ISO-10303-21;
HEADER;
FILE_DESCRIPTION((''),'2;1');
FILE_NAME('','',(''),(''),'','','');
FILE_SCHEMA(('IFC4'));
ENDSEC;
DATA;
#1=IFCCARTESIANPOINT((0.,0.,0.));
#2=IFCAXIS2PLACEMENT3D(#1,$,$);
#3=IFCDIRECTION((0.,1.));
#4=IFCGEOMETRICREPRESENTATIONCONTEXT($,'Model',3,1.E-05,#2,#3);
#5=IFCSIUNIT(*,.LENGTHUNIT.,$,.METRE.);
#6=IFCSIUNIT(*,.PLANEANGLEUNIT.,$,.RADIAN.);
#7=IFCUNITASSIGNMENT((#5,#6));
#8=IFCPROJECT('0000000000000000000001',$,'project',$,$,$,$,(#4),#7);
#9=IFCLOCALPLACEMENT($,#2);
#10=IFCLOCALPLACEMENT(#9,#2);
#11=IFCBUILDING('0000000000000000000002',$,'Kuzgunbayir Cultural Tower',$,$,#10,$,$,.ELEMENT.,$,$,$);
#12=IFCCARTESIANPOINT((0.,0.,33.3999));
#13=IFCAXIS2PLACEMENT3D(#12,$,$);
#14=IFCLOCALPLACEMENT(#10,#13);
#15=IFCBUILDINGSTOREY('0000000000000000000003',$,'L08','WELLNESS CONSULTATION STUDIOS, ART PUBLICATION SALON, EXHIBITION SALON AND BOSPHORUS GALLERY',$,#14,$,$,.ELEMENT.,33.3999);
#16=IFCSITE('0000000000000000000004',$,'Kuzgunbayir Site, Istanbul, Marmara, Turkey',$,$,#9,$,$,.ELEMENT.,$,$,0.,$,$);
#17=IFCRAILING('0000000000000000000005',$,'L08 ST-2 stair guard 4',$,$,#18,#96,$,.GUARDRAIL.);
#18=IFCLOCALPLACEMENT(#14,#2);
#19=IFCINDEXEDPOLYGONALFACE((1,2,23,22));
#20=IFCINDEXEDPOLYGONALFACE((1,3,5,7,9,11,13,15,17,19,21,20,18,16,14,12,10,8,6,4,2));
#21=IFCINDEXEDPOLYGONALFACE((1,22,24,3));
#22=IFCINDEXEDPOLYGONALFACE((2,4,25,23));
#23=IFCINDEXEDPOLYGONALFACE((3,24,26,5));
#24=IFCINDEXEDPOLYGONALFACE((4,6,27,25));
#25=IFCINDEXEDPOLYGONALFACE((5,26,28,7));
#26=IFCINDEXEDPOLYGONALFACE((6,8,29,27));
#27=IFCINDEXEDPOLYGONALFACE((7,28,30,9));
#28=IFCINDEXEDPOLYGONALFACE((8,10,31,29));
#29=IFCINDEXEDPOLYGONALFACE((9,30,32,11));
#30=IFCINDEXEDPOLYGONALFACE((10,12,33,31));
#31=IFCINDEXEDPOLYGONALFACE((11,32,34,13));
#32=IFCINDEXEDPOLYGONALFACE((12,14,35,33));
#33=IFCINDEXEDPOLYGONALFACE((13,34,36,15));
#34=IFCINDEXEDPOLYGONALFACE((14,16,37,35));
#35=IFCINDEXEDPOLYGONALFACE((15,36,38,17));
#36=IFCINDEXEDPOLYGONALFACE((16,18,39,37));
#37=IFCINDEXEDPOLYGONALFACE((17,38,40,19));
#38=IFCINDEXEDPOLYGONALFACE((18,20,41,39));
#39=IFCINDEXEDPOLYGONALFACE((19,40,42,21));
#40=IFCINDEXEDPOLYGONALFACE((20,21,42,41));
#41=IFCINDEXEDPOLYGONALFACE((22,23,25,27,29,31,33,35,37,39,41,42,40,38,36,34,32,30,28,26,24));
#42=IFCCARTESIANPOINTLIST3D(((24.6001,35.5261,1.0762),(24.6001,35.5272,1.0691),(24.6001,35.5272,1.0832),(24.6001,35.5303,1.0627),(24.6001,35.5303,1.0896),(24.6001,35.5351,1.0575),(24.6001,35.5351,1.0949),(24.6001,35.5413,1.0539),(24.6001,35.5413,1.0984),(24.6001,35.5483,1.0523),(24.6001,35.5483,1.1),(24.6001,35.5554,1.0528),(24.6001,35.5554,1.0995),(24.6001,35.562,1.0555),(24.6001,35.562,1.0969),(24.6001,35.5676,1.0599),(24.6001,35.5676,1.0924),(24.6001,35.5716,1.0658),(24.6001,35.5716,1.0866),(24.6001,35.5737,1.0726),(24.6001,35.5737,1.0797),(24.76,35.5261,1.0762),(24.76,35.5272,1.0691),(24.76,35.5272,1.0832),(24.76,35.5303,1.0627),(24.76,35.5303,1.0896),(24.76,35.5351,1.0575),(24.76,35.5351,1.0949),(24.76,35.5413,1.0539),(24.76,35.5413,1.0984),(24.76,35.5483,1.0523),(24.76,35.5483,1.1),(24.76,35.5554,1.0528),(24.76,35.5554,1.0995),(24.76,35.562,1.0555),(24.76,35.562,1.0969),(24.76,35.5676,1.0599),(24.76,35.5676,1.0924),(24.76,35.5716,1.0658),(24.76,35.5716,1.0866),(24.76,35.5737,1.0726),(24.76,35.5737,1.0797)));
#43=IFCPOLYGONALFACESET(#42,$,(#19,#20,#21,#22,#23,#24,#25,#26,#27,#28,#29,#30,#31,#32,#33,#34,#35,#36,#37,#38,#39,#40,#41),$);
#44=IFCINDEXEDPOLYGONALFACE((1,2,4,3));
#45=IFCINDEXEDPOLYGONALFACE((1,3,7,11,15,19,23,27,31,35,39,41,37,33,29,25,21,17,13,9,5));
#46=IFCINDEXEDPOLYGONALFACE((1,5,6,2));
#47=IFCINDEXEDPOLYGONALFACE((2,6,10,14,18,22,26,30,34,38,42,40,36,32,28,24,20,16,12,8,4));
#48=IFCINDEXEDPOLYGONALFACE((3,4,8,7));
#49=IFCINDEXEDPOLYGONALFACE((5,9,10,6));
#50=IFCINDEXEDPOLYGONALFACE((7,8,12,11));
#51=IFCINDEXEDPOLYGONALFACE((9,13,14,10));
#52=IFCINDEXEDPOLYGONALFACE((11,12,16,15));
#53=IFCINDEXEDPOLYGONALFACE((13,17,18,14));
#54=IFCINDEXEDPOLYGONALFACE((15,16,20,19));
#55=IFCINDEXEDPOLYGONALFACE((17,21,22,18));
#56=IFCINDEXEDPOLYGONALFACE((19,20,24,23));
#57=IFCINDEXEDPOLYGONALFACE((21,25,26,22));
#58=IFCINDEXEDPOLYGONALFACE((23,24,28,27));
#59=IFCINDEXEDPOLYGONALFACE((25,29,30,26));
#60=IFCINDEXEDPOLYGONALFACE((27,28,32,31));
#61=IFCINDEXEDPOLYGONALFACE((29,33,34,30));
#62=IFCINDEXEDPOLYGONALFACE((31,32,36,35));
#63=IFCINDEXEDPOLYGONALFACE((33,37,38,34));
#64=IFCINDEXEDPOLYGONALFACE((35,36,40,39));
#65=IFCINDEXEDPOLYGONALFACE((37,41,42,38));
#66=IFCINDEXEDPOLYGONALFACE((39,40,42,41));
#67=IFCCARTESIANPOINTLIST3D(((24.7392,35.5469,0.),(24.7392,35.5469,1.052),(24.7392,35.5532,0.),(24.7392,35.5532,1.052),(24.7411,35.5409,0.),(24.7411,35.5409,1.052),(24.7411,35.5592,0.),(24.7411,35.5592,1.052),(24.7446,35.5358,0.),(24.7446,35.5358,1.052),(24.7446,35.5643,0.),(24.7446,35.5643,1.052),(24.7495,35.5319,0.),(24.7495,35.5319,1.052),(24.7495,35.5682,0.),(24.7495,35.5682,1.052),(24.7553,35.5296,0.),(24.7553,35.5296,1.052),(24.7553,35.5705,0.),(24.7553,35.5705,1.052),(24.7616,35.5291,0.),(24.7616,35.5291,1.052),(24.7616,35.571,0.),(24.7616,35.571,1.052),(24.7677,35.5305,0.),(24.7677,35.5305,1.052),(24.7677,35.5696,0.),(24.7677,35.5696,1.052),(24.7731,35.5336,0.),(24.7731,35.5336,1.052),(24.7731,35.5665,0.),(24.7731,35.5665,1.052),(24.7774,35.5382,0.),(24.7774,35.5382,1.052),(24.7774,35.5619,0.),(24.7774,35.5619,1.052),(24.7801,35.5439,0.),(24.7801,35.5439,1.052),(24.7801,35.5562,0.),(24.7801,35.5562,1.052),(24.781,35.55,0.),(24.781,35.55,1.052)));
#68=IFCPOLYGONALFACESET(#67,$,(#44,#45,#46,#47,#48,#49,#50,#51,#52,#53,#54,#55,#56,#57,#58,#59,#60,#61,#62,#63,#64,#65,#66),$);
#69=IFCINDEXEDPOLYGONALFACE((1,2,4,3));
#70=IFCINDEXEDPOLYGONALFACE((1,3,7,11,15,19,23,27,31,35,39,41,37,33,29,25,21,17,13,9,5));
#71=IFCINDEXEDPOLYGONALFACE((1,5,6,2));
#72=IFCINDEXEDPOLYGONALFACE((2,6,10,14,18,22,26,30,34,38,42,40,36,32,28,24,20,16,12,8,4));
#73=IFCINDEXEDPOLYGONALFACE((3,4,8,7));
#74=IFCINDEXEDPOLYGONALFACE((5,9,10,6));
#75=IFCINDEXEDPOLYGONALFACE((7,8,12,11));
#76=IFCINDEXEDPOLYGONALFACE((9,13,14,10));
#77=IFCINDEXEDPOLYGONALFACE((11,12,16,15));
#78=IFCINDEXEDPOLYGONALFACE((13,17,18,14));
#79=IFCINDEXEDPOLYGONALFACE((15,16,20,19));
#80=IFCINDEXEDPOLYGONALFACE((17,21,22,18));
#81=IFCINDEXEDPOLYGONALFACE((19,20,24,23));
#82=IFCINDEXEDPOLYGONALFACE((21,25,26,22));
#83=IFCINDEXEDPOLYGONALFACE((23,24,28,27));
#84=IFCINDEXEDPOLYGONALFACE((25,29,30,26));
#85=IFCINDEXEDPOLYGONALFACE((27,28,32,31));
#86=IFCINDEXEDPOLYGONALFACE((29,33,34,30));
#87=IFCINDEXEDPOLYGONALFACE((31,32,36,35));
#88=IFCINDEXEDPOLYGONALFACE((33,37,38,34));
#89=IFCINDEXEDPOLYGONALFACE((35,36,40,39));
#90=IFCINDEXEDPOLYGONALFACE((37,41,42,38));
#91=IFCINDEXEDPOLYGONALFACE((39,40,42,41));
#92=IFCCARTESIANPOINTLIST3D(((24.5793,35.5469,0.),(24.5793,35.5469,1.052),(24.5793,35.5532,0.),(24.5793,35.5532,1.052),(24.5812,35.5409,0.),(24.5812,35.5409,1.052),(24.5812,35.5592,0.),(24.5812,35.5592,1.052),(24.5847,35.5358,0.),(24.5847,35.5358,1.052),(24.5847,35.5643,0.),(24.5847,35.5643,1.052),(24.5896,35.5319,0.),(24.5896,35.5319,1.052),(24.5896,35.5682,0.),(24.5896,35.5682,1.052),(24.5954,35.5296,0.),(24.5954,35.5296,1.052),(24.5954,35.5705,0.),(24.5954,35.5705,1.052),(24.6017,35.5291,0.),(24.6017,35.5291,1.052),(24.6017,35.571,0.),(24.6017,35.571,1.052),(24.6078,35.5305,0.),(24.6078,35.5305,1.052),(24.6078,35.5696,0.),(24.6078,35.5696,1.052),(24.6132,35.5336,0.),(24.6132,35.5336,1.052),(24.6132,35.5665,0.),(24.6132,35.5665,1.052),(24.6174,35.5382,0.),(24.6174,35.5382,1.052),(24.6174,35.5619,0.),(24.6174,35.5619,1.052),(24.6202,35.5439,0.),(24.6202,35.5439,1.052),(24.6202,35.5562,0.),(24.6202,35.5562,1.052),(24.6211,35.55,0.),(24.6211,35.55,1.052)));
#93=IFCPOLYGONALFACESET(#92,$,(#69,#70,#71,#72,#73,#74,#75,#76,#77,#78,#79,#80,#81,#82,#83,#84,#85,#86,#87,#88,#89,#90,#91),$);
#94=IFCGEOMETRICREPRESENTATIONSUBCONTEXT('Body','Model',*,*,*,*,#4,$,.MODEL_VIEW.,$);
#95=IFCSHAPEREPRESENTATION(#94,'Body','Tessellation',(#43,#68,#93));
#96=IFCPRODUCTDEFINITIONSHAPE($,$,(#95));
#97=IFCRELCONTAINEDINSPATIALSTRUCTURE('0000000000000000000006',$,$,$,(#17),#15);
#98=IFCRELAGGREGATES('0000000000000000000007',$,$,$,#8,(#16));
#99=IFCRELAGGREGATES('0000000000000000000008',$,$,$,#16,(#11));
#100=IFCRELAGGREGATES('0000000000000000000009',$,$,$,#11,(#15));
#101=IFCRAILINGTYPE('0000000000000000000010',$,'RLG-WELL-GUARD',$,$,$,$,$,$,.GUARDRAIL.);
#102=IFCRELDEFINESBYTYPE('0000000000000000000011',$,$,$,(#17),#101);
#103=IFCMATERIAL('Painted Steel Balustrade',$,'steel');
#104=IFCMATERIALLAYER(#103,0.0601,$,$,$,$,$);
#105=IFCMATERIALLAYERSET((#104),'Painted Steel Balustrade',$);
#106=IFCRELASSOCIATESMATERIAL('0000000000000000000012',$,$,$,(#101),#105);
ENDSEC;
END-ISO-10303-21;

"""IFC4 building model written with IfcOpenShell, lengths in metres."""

from ifc_helpers import new_model, si_unit, direction, frame, origin, origin_2d, place, context, subcontext, project, spatial, circle, extrude, material, layer, layer_set, type_object, element, save


model = new_model("IFC4")

# Units and contexts
model_context = context("Model", 3, precision=1e-05, world=origin(), true_north=direction((0.0, 1.0)))
body_context = subcontext(model_context, "Body", "Model", "MODEL_VIEW")
ifc_project = project(units=[si_unit("LENGTHUNIT", "METRE"), si_unit("PLANEANGLEUNIT", "RADIAN")], contexts=[model_context])

# Site, building, storey
site_placement = place(None, origin())
site = spatial("IfcSite", under=ifc_project, at=site_placement, Name="Kuzgunbayir Site, Istanbul, Marmara, Turkey", CompositionType="ELEMENT", RefElevation=0.0)
building_placement = place(site_placement, origin())
building = spatial("IfcBuilding", under=site, at=building_placement, Name="Kuzgunbayir Cultural Tower", CompositionType="ELEMENT")
storey_placement = place(building_placement, frame((0.0, 0.0, 33.3999)))
storey = spatial("IfcBuildingStorey", under=building, at=storey_placement, Name="L08", Description="WELLNESS CONSULTATION STUDIOS, ART PUBLICATION SALON, EXHIBITION SALON AND BOSPHORUS GALLERY", CompositionType="ELEMENT", Elevation=33.3999)

# Railing
ifc_material_1 = material(Name="Painted Steel Balustrade", Category="steel")
ifc_layer_1 = layer(ifc_material_1, 0.0601)
ifc_layer_set_1 = layer_set([ifc_layer_1], Name="Painted Steel Balustrade")
railing_type_1 = type_object("IfcRailingType", Name="RLG-WELL-GUARD", PredefinedType="GUARDRAIL", material=ifc_layer_set_1)
railing_1_placement = place(storey_placement, frame((24.76, 35.55, 0.0)))
element("IfcRailing", 1, at=railing_1_placement, inside=storey, type_object=railing_type_1, Name="L08 ST-2 stair guard 4", PredefinedType="GUARDRAIL", context=body_context, shape_type="SweptSolid", body=[
    extrude(circle(Radius=0.0239, at=origin_2d()), frame((0.0, 0.0, 1.0762), z_axis=(-1.0, 0.0, 0.0), x_axis=(0.0, -1.0, 0.0)), (0.0, 0.0, 1.0), 0.1599),
    extrude(circle(Radius=0.021, at=origin_2d()), origin(), (0.0, 0.0, 1.0), 1.052),
    extrude(circle(Radius=0.021, at=origin_2d()), frame((-0.1599, 0.0, 0.0)), (0.0, 0.0, 1.0), 1.052),
])

save(model, "model.ifc")
